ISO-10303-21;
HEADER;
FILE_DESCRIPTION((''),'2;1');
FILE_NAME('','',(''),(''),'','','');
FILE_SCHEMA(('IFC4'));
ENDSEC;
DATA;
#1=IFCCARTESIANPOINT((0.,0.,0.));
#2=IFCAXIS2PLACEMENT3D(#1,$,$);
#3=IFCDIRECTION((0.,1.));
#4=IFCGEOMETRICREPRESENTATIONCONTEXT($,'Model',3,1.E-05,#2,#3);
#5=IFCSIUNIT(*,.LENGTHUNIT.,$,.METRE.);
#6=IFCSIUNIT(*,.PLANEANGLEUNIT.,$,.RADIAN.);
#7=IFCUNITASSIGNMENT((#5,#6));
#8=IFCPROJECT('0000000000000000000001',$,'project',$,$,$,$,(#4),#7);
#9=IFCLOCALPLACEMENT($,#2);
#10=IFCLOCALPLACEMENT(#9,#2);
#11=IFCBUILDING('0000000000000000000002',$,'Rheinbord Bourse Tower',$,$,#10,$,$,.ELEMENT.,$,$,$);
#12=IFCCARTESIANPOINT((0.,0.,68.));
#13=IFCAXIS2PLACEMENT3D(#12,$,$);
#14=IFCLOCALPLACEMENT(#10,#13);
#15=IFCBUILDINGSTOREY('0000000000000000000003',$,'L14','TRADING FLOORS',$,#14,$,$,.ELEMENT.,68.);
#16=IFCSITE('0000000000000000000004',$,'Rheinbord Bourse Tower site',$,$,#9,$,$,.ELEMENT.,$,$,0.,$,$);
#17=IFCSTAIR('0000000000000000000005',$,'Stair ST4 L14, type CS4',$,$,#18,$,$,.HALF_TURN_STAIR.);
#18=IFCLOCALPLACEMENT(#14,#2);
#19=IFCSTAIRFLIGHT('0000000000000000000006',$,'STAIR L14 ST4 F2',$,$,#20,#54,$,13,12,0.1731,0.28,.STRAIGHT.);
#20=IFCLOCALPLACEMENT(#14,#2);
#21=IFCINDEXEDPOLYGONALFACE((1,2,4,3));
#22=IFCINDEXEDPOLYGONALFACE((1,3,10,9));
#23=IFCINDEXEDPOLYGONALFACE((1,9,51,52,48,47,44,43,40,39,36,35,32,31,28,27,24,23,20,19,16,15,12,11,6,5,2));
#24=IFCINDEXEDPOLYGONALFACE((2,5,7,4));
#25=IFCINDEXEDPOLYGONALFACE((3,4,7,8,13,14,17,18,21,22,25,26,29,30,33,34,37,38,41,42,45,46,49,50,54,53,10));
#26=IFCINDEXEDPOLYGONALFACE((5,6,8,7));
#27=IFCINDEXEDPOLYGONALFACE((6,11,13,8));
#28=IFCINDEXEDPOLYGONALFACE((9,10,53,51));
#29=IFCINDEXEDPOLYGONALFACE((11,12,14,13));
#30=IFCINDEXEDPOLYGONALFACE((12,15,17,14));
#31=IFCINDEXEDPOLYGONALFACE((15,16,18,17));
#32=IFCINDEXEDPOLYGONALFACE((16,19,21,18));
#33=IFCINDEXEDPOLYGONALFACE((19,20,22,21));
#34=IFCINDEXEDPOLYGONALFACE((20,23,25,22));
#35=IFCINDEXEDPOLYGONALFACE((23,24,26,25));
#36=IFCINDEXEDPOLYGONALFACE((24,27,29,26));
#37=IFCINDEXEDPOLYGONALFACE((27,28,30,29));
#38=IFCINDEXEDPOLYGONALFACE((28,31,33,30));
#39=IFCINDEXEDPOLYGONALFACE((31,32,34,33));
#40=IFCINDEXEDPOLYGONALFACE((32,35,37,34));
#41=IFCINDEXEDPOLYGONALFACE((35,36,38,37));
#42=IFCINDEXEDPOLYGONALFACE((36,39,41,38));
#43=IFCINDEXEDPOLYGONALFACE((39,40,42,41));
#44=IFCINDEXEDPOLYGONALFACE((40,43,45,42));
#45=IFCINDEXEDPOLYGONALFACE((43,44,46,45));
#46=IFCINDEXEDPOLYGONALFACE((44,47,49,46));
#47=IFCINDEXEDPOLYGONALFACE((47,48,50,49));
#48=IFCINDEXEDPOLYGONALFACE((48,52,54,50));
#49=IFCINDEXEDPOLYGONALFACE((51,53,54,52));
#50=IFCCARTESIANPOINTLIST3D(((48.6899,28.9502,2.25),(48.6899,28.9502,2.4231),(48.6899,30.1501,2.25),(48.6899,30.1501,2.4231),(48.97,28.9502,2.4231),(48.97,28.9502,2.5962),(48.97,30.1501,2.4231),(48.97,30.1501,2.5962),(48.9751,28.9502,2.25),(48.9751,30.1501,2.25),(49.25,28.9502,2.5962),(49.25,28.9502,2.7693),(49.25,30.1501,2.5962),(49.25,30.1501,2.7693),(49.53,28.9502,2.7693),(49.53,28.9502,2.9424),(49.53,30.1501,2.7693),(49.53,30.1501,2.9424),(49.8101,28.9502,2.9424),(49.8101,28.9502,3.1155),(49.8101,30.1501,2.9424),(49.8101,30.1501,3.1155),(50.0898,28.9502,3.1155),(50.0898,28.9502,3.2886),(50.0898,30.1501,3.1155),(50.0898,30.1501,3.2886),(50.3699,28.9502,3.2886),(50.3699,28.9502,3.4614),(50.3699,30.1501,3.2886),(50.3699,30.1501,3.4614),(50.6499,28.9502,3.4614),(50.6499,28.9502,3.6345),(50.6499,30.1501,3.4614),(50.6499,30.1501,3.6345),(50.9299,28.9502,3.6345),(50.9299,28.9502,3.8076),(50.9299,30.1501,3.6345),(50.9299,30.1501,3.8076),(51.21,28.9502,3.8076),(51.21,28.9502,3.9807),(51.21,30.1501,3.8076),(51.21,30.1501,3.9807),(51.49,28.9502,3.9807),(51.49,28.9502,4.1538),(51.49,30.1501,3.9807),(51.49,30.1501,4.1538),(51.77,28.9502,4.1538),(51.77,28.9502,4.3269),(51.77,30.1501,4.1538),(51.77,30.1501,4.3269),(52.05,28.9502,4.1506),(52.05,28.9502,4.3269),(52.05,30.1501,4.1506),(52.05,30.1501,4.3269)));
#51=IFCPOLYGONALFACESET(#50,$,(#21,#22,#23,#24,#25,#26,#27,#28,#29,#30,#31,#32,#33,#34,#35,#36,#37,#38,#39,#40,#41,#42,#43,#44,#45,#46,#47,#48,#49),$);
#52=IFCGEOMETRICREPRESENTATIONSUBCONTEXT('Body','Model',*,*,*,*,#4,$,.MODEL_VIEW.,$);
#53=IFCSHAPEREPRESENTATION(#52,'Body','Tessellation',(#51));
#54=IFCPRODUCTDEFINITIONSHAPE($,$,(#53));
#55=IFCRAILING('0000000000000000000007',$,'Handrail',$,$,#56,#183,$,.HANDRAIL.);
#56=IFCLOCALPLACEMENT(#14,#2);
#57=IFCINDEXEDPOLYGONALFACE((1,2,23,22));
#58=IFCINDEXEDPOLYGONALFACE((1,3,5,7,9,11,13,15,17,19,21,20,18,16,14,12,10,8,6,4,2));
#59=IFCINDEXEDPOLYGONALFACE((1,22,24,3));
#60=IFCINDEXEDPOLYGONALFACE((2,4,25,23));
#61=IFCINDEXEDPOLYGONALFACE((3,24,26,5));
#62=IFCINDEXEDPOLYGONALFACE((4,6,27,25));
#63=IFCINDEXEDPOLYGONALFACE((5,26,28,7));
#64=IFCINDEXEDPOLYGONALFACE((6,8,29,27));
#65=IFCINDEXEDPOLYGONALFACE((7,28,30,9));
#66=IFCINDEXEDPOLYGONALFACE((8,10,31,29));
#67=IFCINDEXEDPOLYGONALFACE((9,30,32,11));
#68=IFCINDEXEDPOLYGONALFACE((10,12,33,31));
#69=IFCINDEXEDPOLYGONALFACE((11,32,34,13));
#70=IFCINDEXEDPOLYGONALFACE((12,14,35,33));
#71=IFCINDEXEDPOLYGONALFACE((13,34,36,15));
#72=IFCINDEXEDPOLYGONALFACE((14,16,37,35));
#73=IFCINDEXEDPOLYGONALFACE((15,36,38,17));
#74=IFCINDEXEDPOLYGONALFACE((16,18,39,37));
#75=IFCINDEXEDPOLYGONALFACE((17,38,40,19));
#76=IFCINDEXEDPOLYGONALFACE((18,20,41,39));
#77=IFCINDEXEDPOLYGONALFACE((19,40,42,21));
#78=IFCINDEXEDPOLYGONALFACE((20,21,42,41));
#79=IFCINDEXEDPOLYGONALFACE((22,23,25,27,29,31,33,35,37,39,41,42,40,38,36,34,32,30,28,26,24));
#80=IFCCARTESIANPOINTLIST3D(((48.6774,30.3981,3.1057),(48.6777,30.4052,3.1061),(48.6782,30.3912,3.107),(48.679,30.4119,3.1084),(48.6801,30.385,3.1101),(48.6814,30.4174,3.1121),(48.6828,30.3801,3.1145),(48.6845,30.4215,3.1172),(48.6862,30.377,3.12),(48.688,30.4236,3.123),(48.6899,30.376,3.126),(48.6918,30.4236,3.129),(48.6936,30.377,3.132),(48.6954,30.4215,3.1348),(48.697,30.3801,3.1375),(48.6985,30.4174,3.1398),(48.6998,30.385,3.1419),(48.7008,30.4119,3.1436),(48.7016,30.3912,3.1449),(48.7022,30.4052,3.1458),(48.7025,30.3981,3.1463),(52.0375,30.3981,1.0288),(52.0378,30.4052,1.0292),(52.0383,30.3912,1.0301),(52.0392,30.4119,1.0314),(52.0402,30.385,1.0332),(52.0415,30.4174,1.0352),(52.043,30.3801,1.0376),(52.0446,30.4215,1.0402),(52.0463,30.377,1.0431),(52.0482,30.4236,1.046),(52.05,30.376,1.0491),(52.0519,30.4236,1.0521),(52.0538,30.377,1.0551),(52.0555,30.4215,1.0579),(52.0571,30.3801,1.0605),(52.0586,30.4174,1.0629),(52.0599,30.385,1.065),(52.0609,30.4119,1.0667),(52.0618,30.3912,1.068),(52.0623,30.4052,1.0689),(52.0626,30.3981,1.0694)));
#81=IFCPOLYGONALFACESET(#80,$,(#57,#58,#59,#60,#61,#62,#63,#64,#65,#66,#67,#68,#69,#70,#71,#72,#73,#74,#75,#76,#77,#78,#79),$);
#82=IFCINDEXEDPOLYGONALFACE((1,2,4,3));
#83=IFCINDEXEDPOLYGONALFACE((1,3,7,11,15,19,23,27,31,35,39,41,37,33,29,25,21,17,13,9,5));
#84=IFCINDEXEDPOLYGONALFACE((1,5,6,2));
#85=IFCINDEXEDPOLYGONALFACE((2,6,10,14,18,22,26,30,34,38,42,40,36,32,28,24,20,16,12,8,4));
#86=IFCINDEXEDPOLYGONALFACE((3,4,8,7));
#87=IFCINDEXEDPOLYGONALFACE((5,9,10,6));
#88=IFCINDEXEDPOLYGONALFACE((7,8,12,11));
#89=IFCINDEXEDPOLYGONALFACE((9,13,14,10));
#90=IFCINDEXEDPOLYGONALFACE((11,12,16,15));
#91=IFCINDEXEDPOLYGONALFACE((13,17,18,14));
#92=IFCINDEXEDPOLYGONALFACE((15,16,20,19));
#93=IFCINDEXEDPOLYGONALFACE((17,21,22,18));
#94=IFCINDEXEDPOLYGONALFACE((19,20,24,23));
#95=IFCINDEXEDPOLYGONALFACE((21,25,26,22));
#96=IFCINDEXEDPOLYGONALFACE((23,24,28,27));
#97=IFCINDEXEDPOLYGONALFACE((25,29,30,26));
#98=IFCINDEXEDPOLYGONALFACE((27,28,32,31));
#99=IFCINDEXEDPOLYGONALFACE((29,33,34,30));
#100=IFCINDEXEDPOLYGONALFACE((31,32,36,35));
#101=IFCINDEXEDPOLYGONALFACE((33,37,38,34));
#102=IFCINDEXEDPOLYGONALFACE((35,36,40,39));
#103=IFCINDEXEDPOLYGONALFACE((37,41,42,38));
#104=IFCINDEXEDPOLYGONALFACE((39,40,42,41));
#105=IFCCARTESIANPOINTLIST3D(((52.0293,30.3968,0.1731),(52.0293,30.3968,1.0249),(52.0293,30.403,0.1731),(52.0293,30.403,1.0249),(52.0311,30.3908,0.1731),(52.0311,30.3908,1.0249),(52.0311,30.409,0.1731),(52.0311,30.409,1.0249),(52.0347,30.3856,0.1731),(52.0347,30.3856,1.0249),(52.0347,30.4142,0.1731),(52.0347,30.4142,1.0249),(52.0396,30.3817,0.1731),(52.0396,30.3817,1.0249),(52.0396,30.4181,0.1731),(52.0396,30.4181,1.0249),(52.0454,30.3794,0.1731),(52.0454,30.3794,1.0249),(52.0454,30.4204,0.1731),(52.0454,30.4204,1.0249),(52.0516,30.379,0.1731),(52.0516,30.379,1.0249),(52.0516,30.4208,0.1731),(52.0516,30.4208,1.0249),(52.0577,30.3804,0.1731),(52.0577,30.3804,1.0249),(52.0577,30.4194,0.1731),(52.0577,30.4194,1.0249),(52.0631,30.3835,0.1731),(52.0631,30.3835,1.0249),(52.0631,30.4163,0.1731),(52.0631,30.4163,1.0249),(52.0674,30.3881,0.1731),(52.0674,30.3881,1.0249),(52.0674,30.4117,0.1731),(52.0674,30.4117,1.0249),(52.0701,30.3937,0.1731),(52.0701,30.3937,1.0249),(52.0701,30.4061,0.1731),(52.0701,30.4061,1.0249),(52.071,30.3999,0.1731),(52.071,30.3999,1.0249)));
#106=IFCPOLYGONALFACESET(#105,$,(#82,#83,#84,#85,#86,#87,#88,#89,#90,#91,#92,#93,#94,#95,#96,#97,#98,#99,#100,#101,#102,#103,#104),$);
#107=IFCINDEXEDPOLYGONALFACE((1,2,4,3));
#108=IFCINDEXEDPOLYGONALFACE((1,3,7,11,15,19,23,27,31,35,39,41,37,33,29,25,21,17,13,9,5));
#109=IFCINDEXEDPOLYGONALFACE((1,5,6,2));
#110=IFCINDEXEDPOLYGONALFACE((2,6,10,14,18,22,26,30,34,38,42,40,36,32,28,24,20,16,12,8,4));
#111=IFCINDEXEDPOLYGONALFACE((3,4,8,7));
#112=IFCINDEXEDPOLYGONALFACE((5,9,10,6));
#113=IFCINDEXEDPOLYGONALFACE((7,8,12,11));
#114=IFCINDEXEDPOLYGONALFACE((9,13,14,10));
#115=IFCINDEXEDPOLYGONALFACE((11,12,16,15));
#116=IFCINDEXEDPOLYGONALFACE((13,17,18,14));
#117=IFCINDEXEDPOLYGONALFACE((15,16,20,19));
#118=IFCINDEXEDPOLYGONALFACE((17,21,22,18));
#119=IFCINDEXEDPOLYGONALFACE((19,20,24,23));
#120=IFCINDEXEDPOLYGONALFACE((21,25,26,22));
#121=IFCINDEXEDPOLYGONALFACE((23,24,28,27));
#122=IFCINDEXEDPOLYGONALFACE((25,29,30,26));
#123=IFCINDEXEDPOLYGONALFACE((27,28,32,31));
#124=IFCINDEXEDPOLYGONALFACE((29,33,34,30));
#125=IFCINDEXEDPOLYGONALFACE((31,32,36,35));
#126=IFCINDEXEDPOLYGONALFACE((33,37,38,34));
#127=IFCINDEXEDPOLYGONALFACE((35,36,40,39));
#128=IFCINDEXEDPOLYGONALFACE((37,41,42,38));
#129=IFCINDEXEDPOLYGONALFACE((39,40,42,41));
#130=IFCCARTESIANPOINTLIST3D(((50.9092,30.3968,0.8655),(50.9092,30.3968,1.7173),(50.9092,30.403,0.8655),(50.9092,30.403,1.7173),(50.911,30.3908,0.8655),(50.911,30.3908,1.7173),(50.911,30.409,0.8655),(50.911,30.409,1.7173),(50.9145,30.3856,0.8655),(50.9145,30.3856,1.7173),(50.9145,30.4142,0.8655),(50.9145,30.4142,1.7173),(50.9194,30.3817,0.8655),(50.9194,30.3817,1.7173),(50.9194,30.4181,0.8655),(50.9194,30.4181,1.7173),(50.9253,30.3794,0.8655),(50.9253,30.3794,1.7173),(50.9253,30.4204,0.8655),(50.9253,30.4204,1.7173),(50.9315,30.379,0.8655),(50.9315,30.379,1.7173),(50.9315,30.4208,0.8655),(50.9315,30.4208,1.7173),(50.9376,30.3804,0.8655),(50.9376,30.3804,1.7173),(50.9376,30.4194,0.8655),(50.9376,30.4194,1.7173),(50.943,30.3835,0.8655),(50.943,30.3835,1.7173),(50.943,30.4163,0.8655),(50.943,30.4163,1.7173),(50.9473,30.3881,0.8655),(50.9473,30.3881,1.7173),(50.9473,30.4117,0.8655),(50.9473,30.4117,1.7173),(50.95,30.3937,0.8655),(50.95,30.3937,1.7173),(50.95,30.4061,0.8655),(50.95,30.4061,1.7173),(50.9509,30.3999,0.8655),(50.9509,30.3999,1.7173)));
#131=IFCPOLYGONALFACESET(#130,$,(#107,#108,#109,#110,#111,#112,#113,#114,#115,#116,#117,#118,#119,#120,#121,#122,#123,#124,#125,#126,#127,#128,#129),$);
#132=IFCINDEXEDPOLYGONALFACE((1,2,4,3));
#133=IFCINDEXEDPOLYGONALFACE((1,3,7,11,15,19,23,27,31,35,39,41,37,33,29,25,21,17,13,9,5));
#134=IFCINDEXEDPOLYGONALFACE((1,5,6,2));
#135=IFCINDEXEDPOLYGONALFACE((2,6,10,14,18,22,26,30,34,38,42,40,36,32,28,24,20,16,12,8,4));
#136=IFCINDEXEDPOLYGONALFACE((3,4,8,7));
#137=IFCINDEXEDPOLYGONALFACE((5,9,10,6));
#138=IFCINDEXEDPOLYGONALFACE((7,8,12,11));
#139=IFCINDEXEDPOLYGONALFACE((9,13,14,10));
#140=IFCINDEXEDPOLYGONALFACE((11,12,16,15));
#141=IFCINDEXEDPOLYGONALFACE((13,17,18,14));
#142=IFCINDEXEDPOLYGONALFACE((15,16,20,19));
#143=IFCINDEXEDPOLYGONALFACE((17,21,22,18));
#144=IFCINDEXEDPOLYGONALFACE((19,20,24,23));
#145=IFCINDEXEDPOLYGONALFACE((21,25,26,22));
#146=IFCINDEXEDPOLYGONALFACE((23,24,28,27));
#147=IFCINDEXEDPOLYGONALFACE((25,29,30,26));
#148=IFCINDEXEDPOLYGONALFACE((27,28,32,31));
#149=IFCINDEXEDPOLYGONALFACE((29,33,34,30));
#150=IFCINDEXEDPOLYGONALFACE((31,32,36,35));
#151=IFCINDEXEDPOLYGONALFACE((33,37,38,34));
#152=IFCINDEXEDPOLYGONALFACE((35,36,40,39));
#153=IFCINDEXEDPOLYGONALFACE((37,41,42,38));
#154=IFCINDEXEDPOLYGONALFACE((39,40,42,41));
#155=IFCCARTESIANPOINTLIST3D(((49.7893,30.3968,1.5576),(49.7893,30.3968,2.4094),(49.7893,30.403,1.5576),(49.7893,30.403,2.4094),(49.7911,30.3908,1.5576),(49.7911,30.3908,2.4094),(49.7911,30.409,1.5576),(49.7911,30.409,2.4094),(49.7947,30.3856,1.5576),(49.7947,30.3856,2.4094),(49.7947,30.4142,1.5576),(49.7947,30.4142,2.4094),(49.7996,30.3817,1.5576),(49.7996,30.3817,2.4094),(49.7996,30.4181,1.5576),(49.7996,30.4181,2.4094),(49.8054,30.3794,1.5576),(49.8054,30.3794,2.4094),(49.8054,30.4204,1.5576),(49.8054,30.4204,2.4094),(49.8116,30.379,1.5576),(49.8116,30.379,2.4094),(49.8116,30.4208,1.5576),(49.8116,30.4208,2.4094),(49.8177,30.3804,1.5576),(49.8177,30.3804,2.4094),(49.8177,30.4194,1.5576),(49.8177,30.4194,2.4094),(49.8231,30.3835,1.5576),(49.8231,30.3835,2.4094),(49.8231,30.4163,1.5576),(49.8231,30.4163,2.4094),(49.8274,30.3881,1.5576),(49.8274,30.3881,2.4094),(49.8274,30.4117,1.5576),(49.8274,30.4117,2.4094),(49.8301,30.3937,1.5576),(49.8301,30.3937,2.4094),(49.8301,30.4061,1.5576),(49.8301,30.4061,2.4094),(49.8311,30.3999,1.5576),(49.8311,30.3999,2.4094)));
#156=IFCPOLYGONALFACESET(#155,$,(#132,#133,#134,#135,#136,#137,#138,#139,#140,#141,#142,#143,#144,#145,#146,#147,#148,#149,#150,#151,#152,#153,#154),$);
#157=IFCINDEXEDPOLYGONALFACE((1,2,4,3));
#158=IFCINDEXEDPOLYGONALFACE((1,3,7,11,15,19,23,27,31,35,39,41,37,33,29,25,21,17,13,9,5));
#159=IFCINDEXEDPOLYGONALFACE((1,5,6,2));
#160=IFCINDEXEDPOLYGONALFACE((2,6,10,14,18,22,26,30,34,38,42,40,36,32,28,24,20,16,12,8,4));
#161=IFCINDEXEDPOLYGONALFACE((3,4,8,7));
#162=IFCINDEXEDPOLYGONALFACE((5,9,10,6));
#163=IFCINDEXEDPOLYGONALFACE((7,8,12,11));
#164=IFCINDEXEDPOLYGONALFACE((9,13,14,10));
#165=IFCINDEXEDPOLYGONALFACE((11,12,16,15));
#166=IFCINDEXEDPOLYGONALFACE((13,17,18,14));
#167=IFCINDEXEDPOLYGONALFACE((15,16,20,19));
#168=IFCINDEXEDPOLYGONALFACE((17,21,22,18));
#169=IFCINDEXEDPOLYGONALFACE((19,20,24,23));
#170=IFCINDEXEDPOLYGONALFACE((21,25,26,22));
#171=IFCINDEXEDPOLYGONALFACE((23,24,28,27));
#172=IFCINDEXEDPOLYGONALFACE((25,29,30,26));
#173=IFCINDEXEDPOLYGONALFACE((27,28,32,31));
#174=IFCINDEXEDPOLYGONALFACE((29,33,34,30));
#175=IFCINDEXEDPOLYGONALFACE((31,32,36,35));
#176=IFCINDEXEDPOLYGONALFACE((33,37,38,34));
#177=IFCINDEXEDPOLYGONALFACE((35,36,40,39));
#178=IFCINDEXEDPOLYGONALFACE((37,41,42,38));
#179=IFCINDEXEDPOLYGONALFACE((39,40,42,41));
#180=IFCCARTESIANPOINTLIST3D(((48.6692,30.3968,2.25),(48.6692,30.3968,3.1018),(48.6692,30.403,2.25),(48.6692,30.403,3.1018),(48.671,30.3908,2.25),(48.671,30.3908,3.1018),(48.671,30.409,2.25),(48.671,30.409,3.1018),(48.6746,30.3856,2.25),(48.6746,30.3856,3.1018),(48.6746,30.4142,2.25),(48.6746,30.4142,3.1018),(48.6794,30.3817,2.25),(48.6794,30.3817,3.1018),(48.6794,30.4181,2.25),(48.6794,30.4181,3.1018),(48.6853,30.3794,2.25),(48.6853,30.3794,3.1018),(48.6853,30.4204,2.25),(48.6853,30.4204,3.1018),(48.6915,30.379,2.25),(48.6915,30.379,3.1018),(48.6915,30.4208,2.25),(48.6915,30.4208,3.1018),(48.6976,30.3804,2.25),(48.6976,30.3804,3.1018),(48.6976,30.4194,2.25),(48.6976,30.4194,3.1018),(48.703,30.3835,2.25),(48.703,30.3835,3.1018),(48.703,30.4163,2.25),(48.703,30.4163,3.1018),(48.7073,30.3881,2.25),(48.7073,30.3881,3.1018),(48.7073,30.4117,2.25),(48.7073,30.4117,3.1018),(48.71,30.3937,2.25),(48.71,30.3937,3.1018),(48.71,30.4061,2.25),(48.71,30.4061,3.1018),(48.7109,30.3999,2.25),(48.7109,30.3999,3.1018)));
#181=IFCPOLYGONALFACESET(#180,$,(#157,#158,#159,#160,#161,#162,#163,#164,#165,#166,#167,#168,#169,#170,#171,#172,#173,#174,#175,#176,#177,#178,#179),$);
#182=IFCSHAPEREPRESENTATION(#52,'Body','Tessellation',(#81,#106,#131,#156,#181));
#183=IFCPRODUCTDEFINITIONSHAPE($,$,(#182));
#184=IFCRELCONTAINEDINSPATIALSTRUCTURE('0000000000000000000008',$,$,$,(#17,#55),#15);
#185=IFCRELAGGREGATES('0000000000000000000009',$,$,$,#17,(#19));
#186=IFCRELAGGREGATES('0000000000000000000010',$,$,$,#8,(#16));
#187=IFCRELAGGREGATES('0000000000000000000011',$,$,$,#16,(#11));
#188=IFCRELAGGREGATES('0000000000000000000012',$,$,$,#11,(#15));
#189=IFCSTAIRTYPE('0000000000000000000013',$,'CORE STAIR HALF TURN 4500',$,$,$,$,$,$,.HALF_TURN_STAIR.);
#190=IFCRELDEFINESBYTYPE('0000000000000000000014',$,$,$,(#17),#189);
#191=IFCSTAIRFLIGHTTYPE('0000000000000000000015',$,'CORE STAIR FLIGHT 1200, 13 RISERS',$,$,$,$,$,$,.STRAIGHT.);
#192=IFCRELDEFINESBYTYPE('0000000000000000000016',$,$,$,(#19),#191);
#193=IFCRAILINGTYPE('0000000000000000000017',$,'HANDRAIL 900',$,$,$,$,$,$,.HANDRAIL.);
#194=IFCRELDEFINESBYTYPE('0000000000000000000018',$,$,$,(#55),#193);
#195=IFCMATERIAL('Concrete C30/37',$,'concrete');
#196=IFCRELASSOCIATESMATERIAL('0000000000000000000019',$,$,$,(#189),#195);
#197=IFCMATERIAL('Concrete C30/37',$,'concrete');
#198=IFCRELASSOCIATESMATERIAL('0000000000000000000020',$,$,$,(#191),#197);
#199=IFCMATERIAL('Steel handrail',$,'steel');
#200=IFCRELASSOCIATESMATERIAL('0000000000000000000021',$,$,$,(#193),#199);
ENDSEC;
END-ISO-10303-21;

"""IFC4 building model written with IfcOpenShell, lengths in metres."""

from ifc_helpers import new_model, si_unit, direction, frame, origin, origin_2d, place, context, subcontext, project, spatial, polyline, circle, outline, extrude, material, type_object, element, aggregate, save


model = new_model("IFC4")

# Units and contexts
model_context = context("Model", 3, precision=1e-05, world=origin(), true_north=direction((0.0, 1.0)))
body_context = subcontext(model_context, "Body", "Model", "MODEL_VIEW")
ifc_project = project(units=[si_unit("LENGTHUNIT", "METRE"), si_unit("PLANEANGLEUNIT", "RADIAN")], contexts=[model_context])

# Site, building, storey
site_placement = place(None, origin())
site = spatial("IfcSite", under=ifc_project, at=site_placement, Name="Rheinbord Bourse Tower site", CompositionType="ELEMENT", RefElevation=0.0)
building_placement = place(site_placement, origin())
building = spatial("IfcBuilding", under=site, at=building_placement, Name="Rheinbord Bourse Tower", CompositionType="ELEMENT")
storey_placement = place(building_placement, frame((0.0, 0.0, 68.0)))
storey = spatial("IfcBuildingStorey", under=building, at=storey_placement, Name="L14", Description="TRADING FLOORS", CompositionType="ELEMENT", Elevation=68.0)

# Stair, stair flight
ifc_material_1 = material(Name="Concrete C30/37", Category="concrete")
stair_type = type_object("IfcStairType", Name="CORE STAIR HALF TURN 4500", PredefinedType="HALF_TURN_STAIR", material=ifc_material_1)
stair_placement = place(storey_placement, origin())
stair = element("IfcStair", 1, at=stair_placement, inside=storey, type_object=stair_type, Name="Stair ST4 L14, type CS4", PredefinedType="HALF_TURN_STAIR")
ifc_material_2 = material(Name="Concrete C30/37", Category="concrete")
stair_flight_type = type_object("IfcStairFlightType", Name="CORE STAIR FLIGHT 1200, 13 RISERS", PredefinedType="STRAIGHT", material=ifc_material_2)
stair_flight_1_placement = place(storey_placement, frame((48.6899, 29.55, 2.25), z_axis=(0.0, 0.0, 1.0), x_axis=(1.0, 0.0, 0.0)))
stair_flight_1 = element("IfcStairFlight", 2, at=stair_flight_1_placement, type_object=stair_flight_type, Name="STAIR L14 ST4 F2", NumberOfRisers=13, NumberOfTreads=12, PredefinedType="STRAIGHT", RiserHeight=0.1731, TreadLength=0.28, context=body_context, shape_type="SweptSolid", body=[
    extrude(outline(polyline([(0.0, 0.0), (0.0, 0.1731), (0.28, 0.1731), (0.28, 0.3462), (0.5601, 0.3462), (0.5601, 0.5193), (0.8401, 0.5193), (0.8401, 0.6924), (1.1201, 0.6924), (1.1201, 0.8655), (1.3999, 0.8655), (1.3999, 1.0386), (1.6799, 1.0386), (1.6799, 1.2114), (1.96, 1.2114), (1.96, 1.3845), (2.24, 1.3845), (2.24, 1.5576), (2.52, 1.5576), (2.52, 1.7307), (2.8, 1.7307), (2.8, 1.9038), (3.0801, 1.9038), (3.0801, 2.0769), (3.3601, 2.0769), (3.3601, 2.25), (3.3601, 1.9006), (0.2852, 0.0), (0.0, 0.0)])), frame((0.0, 0.6001, 0.0), z_axis=(0.0, -1.0, 0.0), x_axis=(1.0, 0.0, 0.0)), (0.0, 0.0, 1.0), 1.2),
])
aggregate(stair, [stair_flight_1])

# Railing
ifc_material_3 = material(Name="Steel handrail", Category="steel")
railing_type = type_object("IfcRailingType", Name="HANDRAIL 900", PredefinedType="HANDRAIL", material=ifc_material_3)
railing_1_placement = place(storey_placement, frame((52.05, 30.3999, 0.1731)))
element("IfcRailing", 3, at=railing_1_placement, inside=storey, type_object=railing_type, Name="Handrail", PredefinedType="HANDRAIL", context=body_context, shape_type="SweptSolid", body=[
    extrude(circle(Radius=0.0239, at=origin_2d()), frame((0.0, 0.0, 0.876), z_axis=(-0.850623, 0.0, 0.525776), x_axis=(0.0, -1.0, 0.0)), (0.0, 0.0, 1.0), 3.9502),
    extrude(circle(Radius=0.021, at=origin_2d()), origin(), (0.0, 0.0, 1.0), 0.8518),
    extrude(circle(Radius=0.021, at=origin_2d()), frame((-1.1201, 0.0, 0.6924)), (0.0, 0.0, 1.0), 0.8518),
    extrude(circle(Radius=0.021, at=origin_2d()), frame((-2.24, 0.0, 1.3845)), (0.0, 0.0, 1.0), 0.8518),
    extrude(circle(Radius=0.021, at=origin_2d()), frame((-3.3601, 0.0, 2.0769)), (0.0, 0.0, 1.0), 0.8518),
])

save(model, "model.ifc")
